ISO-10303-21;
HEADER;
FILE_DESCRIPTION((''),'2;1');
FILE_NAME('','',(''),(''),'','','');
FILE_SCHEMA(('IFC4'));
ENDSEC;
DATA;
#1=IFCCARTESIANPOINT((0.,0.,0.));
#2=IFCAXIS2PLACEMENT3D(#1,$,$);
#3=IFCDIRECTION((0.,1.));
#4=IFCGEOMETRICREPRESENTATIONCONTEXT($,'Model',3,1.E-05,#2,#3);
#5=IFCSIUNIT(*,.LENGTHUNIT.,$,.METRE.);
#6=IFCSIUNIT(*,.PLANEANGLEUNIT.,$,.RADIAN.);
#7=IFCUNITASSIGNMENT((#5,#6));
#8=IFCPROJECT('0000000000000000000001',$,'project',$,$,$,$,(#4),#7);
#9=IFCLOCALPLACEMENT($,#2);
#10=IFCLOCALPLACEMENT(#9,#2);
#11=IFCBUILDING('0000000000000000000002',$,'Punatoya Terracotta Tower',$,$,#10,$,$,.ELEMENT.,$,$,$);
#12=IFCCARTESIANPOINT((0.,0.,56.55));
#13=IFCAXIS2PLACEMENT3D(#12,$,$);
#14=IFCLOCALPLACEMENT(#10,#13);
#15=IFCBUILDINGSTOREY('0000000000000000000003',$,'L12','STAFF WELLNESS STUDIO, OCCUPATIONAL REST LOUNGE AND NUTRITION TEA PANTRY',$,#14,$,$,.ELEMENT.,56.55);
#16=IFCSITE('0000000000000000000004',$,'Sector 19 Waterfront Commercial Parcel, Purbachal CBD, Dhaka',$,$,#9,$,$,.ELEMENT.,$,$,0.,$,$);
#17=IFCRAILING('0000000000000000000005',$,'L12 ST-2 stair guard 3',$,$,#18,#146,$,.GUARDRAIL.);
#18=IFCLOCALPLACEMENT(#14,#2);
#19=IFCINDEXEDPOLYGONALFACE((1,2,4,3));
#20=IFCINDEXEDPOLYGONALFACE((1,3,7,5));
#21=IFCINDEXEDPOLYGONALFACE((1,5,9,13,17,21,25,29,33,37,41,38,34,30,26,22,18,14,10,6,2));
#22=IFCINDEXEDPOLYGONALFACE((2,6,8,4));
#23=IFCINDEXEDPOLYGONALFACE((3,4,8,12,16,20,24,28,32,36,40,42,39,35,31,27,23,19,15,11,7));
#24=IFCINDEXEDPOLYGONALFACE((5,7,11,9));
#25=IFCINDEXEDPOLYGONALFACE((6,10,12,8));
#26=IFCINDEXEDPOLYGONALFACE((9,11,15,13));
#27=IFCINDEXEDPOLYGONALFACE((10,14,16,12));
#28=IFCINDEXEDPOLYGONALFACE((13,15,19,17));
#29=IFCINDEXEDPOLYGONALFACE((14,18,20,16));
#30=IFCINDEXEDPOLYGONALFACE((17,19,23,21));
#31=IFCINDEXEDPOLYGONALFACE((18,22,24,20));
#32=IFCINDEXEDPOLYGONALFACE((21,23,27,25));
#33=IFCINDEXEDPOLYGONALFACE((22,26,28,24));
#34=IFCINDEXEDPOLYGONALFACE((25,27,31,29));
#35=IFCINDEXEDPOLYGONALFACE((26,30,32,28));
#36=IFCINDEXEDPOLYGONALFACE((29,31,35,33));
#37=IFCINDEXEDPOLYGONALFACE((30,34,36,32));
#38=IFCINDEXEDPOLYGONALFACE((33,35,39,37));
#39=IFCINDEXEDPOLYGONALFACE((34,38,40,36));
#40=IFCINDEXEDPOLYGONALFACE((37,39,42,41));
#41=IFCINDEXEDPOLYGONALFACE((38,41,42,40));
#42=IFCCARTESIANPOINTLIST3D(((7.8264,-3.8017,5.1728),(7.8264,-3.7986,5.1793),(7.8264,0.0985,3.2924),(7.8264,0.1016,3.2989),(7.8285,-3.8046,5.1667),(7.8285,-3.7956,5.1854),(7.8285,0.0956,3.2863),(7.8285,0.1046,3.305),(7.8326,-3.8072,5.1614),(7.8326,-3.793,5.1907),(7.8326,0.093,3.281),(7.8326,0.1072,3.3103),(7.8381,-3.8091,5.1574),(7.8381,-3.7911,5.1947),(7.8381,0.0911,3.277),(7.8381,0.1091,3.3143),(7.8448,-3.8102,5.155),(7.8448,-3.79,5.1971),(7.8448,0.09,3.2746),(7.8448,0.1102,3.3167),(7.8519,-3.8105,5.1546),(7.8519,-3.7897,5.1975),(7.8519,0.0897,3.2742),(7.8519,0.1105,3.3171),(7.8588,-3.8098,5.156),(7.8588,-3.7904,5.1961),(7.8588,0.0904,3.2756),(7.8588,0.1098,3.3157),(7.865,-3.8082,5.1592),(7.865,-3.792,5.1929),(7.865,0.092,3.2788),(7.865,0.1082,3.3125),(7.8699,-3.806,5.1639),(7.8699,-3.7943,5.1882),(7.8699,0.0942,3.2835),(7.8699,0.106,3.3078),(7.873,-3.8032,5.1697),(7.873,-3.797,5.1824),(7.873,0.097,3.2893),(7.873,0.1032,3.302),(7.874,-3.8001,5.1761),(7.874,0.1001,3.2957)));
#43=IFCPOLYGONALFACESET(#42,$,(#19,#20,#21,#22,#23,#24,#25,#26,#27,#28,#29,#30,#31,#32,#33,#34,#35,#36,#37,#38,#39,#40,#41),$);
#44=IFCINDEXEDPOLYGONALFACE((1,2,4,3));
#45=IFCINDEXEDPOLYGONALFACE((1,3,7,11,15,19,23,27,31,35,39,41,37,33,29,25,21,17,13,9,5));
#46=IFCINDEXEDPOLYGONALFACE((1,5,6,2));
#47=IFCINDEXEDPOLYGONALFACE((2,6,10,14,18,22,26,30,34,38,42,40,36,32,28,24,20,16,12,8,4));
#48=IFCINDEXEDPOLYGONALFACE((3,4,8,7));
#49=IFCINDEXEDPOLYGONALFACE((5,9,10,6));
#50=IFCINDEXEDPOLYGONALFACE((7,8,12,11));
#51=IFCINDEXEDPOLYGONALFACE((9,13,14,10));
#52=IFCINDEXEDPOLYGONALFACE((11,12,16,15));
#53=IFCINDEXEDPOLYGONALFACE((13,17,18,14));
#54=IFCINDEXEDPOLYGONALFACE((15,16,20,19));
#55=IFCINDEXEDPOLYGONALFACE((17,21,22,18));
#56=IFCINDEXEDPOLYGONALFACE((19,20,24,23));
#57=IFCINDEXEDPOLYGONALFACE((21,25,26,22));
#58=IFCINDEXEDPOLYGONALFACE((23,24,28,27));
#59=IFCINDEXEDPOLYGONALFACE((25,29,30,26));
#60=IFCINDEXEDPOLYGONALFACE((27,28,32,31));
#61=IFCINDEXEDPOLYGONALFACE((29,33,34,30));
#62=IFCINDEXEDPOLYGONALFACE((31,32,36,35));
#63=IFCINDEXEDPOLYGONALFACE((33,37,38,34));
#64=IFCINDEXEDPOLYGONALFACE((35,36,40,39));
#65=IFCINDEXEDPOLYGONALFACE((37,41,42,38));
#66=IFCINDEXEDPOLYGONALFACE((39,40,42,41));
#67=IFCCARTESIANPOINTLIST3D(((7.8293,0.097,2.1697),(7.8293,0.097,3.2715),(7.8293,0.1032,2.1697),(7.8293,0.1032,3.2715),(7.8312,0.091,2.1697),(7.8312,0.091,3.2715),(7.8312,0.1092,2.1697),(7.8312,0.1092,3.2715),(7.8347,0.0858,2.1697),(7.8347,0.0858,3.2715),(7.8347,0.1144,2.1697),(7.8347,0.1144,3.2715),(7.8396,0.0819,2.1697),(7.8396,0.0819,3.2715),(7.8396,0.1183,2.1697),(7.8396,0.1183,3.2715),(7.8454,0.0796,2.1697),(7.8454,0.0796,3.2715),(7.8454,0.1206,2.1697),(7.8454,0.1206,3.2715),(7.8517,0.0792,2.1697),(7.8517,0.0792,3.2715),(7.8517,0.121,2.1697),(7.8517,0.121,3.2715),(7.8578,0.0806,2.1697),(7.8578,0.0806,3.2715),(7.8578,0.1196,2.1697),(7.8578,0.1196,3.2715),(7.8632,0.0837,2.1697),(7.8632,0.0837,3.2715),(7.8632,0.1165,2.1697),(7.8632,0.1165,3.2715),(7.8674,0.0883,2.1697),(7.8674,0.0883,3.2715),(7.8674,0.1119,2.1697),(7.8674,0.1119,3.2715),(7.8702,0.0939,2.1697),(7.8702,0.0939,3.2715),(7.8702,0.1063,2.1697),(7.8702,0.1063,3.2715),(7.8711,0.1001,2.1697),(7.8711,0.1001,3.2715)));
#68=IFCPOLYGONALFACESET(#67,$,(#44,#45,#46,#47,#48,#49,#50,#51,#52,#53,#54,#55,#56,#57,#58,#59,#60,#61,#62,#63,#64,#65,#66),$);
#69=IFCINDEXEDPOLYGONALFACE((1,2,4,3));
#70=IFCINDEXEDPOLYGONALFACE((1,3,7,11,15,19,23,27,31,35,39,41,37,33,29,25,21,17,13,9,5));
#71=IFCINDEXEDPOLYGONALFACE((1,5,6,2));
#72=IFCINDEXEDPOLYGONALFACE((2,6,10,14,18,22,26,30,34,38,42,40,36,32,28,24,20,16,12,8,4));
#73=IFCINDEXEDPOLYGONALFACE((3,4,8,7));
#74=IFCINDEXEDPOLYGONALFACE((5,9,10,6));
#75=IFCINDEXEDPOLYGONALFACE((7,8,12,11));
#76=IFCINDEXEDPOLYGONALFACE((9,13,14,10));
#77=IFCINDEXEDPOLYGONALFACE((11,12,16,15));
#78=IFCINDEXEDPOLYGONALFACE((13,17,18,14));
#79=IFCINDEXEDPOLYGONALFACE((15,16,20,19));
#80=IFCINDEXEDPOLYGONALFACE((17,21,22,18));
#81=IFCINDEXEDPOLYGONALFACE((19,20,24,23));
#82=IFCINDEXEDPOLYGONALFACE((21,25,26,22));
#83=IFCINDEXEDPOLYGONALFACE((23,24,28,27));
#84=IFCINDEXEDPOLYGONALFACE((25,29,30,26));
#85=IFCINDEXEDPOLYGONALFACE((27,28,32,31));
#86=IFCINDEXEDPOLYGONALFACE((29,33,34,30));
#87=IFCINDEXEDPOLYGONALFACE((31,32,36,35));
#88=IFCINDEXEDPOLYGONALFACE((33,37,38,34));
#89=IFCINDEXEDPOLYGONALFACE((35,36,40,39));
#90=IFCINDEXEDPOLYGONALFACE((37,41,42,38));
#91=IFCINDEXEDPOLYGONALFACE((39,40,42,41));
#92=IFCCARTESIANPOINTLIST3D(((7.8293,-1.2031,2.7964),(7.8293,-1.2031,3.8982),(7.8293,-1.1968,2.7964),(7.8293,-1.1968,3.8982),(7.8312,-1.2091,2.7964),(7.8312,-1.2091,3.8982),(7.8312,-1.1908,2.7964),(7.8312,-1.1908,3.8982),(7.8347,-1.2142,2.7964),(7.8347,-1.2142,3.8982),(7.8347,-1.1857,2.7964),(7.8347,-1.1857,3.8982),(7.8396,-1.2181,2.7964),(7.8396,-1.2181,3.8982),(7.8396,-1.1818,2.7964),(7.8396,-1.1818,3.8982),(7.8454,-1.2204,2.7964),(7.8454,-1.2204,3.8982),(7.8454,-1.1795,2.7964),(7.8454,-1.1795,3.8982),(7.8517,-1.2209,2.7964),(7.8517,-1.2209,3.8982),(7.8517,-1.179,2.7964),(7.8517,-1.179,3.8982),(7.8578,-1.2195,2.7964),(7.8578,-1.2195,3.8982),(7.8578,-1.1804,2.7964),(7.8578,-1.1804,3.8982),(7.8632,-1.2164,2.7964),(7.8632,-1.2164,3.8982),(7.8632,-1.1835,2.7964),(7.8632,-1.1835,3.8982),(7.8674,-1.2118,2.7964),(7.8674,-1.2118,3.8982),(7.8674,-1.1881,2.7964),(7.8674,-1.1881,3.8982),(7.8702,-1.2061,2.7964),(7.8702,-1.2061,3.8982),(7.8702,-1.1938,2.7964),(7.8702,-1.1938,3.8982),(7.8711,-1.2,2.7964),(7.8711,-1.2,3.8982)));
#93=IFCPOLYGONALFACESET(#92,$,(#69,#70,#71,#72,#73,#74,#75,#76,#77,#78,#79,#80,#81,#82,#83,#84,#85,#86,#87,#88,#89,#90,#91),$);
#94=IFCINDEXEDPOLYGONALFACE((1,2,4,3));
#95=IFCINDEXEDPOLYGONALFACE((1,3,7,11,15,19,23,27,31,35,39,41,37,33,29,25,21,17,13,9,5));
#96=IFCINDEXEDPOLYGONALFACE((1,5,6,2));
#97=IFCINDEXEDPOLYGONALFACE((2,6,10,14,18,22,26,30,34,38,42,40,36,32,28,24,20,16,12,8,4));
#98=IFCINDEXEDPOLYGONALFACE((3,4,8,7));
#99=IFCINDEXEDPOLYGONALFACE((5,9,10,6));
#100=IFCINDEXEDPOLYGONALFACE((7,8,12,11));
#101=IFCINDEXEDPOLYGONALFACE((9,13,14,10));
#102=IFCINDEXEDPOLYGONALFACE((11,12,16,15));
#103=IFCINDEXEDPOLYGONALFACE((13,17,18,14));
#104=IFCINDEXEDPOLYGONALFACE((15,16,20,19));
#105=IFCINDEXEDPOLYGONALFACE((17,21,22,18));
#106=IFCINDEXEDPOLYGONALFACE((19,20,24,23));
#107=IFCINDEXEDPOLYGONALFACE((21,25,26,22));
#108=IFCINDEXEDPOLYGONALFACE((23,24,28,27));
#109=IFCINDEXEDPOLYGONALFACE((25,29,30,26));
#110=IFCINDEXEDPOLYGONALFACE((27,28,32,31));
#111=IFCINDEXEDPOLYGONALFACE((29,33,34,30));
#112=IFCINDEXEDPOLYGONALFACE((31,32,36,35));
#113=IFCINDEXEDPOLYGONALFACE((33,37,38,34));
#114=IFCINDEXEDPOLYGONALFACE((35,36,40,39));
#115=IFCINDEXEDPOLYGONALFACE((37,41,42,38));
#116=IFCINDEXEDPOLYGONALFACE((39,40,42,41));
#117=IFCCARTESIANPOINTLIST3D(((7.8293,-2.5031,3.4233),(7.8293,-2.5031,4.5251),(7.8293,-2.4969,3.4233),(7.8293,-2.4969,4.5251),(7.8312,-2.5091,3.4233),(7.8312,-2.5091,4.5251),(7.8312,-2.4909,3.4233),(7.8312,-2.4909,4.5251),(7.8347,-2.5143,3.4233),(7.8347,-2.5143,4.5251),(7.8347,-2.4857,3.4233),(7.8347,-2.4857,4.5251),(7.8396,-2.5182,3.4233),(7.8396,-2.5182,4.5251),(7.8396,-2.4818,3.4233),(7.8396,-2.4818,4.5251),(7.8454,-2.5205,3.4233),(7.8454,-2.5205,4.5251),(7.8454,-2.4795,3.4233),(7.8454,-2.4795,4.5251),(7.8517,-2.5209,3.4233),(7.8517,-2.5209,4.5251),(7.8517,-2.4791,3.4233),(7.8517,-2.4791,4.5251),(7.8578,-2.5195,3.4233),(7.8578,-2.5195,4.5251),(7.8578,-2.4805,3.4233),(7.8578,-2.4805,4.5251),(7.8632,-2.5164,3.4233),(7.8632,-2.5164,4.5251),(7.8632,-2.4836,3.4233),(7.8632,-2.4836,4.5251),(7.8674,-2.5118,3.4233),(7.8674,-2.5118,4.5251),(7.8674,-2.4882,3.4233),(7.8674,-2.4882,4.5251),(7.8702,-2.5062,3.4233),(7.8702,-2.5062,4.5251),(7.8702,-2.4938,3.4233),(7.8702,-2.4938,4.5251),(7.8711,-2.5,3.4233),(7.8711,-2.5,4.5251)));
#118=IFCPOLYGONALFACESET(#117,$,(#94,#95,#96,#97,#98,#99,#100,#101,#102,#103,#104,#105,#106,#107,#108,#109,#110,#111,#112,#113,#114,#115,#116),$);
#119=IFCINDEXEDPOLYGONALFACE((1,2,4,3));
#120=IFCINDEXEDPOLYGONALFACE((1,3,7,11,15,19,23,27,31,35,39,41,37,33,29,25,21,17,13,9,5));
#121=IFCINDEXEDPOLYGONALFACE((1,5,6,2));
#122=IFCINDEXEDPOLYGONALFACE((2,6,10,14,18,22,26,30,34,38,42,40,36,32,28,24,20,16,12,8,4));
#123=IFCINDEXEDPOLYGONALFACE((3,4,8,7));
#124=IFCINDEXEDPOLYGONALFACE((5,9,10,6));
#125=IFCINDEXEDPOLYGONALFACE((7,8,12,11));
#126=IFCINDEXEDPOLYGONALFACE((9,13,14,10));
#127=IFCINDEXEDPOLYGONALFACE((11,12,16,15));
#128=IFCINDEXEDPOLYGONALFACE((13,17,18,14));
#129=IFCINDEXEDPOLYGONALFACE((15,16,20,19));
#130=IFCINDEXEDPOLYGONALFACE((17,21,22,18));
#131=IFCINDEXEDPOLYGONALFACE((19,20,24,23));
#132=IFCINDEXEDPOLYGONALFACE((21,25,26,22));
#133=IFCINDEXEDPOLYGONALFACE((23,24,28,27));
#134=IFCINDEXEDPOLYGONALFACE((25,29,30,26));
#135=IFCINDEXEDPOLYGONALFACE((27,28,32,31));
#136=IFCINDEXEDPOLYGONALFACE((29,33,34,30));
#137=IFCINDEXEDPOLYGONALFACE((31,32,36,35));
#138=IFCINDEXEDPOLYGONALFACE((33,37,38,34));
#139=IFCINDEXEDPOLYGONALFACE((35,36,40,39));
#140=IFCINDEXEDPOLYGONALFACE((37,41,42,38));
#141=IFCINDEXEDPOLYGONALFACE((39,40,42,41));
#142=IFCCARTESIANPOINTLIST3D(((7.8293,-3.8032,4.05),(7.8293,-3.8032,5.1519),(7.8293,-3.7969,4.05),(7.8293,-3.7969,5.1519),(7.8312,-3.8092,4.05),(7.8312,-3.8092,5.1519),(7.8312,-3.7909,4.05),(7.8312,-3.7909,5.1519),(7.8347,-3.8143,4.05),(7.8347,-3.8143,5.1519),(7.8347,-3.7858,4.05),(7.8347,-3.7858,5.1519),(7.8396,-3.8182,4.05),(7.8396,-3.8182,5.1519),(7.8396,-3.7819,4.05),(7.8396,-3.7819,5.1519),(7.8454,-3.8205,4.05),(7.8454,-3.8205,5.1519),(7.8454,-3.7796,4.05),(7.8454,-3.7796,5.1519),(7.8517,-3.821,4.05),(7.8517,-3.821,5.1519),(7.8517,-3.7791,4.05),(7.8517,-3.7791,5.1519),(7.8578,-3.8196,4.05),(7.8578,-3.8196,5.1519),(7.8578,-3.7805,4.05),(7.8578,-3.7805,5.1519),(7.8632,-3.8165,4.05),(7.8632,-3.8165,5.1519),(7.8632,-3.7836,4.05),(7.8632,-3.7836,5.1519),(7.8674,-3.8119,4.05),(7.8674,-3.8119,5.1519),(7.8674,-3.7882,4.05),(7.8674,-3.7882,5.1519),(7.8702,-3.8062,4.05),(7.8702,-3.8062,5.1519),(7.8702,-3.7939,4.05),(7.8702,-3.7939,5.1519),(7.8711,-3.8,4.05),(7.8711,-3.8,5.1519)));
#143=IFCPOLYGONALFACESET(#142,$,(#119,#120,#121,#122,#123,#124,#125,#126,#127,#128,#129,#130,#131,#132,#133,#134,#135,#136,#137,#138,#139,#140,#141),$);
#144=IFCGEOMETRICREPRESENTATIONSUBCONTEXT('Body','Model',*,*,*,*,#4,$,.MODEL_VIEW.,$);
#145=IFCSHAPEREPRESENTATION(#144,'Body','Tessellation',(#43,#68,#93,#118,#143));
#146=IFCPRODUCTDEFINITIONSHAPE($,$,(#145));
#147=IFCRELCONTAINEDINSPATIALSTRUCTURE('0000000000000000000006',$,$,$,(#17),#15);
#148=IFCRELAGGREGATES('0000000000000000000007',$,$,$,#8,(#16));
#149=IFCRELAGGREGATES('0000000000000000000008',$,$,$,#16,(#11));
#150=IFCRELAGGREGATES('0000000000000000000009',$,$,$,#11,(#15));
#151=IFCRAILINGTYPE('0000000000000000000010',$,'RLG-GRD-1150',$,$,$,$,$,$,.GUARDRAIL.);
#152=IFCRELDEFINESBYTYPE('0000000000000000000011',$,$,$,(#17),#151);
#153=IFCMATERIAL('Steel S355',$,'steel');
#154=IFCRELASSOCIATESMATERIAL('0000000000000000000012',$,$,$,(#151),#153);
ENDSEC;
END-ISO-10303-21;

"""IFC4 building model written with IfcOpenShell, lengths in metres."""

from ifc_helpers import new_model, si_unit, direction, frame, origin, origin_2d, place, context, subcontext, project, spatial, circle, extrude, material, type_object, element, save


model = new_model("IFC4")

# Units and contexts
model_context = context("Model", 3, precision=1e-05, world=origin(), true_north=direction((0.0, 1.0)))
body_context = subcontext(model_context, "Body", "Model", "MODEL_VIEW")
ifc_project = project(units=[si_unit("LENGTHUNIT", "METRE"), si_unit("PLANEANGLEUNIT", "RADIAN")], contexts=[model_context])

# Site, building, storey
site_placement = place(None, origin())
site = spatial("IfcSite", under=ifc_project, at=site_placement, Name="Sector 19 Waterfront Commercial Parcel, Purbachal CBD, Dhaka", CompositionType="ELEMENT", RefElevation=0.0)
building_placement = place(site_placement, origin())
building = spatial("IfcBuilding", under=site, at=building_placement, Name="Punatoya Terracotta Tower", CompositionType="ELEMENT")
storey_placement = place(building_placement, frame((0.0, 0.0, 56.55)))
storey = spatial("IfcBuildingStorey", under=building, at=storey_placement, Name="L12", Description="STAFF WELLNESS STUDIO, OCCUPATIONAL REST LOUNGE AND NUTRITION TEA PANTRY", CompositionType="ELEMENT", Elevation=56.55)

# Shared definitions
ifc_material_1 = material(Name="Steel S355", Category="steel")

# Railing
railing_type_1 = type_object("IfcRailingType", Name="RLG-GRD-1150", PredefinedType="GUARDRAIL", material=ifc_material_1)
railing_1_placement = place(storey_placement, frame((7.8501, 0.1001, 2.1697)))
element("IfcRailing", 1, at=railing_1_placement, inside=storey, type_object=railing_type_1, Name="L12 ST-2 stair guard 3", PredefinedType="GUARDRAIL", context=body_context, shape_type="SweptSolid", body=[
    extrude(circle(Radius=0.0239, at=origin_2d()), frame((0.0, 0.0, 1.126), z_axis=(0.0, -0.900774, 0.434289), x_axis=(1.0, 0.0, 0.0)), (0.0, 0.0, 1.0), 4.3298),
    extrude(circle(Radius=0.021, at=origin_2d()), origin(), (0.0, 0.0, 1.0), 1.1018),
    extrude(circle(Radius=0.021, at=origin_2d()), frame((0.0, -1.3, 0.6267)), (0.0, 0.0, 1.0), 1.1018),
    extrude(circle(Radius=0.021, at=origin_2d()), frame((0.0, -2.6001, 1.2537)), (0.0, 0.0, 1.0), 1.1018),
    extrude(circle(Radius=0.021, at=origin_2d()), frame((0.0, -3.9001, 1.8804)), (0.0, 0.0, 1.0), 1.1018),
])

save(model, "model.ifc")
